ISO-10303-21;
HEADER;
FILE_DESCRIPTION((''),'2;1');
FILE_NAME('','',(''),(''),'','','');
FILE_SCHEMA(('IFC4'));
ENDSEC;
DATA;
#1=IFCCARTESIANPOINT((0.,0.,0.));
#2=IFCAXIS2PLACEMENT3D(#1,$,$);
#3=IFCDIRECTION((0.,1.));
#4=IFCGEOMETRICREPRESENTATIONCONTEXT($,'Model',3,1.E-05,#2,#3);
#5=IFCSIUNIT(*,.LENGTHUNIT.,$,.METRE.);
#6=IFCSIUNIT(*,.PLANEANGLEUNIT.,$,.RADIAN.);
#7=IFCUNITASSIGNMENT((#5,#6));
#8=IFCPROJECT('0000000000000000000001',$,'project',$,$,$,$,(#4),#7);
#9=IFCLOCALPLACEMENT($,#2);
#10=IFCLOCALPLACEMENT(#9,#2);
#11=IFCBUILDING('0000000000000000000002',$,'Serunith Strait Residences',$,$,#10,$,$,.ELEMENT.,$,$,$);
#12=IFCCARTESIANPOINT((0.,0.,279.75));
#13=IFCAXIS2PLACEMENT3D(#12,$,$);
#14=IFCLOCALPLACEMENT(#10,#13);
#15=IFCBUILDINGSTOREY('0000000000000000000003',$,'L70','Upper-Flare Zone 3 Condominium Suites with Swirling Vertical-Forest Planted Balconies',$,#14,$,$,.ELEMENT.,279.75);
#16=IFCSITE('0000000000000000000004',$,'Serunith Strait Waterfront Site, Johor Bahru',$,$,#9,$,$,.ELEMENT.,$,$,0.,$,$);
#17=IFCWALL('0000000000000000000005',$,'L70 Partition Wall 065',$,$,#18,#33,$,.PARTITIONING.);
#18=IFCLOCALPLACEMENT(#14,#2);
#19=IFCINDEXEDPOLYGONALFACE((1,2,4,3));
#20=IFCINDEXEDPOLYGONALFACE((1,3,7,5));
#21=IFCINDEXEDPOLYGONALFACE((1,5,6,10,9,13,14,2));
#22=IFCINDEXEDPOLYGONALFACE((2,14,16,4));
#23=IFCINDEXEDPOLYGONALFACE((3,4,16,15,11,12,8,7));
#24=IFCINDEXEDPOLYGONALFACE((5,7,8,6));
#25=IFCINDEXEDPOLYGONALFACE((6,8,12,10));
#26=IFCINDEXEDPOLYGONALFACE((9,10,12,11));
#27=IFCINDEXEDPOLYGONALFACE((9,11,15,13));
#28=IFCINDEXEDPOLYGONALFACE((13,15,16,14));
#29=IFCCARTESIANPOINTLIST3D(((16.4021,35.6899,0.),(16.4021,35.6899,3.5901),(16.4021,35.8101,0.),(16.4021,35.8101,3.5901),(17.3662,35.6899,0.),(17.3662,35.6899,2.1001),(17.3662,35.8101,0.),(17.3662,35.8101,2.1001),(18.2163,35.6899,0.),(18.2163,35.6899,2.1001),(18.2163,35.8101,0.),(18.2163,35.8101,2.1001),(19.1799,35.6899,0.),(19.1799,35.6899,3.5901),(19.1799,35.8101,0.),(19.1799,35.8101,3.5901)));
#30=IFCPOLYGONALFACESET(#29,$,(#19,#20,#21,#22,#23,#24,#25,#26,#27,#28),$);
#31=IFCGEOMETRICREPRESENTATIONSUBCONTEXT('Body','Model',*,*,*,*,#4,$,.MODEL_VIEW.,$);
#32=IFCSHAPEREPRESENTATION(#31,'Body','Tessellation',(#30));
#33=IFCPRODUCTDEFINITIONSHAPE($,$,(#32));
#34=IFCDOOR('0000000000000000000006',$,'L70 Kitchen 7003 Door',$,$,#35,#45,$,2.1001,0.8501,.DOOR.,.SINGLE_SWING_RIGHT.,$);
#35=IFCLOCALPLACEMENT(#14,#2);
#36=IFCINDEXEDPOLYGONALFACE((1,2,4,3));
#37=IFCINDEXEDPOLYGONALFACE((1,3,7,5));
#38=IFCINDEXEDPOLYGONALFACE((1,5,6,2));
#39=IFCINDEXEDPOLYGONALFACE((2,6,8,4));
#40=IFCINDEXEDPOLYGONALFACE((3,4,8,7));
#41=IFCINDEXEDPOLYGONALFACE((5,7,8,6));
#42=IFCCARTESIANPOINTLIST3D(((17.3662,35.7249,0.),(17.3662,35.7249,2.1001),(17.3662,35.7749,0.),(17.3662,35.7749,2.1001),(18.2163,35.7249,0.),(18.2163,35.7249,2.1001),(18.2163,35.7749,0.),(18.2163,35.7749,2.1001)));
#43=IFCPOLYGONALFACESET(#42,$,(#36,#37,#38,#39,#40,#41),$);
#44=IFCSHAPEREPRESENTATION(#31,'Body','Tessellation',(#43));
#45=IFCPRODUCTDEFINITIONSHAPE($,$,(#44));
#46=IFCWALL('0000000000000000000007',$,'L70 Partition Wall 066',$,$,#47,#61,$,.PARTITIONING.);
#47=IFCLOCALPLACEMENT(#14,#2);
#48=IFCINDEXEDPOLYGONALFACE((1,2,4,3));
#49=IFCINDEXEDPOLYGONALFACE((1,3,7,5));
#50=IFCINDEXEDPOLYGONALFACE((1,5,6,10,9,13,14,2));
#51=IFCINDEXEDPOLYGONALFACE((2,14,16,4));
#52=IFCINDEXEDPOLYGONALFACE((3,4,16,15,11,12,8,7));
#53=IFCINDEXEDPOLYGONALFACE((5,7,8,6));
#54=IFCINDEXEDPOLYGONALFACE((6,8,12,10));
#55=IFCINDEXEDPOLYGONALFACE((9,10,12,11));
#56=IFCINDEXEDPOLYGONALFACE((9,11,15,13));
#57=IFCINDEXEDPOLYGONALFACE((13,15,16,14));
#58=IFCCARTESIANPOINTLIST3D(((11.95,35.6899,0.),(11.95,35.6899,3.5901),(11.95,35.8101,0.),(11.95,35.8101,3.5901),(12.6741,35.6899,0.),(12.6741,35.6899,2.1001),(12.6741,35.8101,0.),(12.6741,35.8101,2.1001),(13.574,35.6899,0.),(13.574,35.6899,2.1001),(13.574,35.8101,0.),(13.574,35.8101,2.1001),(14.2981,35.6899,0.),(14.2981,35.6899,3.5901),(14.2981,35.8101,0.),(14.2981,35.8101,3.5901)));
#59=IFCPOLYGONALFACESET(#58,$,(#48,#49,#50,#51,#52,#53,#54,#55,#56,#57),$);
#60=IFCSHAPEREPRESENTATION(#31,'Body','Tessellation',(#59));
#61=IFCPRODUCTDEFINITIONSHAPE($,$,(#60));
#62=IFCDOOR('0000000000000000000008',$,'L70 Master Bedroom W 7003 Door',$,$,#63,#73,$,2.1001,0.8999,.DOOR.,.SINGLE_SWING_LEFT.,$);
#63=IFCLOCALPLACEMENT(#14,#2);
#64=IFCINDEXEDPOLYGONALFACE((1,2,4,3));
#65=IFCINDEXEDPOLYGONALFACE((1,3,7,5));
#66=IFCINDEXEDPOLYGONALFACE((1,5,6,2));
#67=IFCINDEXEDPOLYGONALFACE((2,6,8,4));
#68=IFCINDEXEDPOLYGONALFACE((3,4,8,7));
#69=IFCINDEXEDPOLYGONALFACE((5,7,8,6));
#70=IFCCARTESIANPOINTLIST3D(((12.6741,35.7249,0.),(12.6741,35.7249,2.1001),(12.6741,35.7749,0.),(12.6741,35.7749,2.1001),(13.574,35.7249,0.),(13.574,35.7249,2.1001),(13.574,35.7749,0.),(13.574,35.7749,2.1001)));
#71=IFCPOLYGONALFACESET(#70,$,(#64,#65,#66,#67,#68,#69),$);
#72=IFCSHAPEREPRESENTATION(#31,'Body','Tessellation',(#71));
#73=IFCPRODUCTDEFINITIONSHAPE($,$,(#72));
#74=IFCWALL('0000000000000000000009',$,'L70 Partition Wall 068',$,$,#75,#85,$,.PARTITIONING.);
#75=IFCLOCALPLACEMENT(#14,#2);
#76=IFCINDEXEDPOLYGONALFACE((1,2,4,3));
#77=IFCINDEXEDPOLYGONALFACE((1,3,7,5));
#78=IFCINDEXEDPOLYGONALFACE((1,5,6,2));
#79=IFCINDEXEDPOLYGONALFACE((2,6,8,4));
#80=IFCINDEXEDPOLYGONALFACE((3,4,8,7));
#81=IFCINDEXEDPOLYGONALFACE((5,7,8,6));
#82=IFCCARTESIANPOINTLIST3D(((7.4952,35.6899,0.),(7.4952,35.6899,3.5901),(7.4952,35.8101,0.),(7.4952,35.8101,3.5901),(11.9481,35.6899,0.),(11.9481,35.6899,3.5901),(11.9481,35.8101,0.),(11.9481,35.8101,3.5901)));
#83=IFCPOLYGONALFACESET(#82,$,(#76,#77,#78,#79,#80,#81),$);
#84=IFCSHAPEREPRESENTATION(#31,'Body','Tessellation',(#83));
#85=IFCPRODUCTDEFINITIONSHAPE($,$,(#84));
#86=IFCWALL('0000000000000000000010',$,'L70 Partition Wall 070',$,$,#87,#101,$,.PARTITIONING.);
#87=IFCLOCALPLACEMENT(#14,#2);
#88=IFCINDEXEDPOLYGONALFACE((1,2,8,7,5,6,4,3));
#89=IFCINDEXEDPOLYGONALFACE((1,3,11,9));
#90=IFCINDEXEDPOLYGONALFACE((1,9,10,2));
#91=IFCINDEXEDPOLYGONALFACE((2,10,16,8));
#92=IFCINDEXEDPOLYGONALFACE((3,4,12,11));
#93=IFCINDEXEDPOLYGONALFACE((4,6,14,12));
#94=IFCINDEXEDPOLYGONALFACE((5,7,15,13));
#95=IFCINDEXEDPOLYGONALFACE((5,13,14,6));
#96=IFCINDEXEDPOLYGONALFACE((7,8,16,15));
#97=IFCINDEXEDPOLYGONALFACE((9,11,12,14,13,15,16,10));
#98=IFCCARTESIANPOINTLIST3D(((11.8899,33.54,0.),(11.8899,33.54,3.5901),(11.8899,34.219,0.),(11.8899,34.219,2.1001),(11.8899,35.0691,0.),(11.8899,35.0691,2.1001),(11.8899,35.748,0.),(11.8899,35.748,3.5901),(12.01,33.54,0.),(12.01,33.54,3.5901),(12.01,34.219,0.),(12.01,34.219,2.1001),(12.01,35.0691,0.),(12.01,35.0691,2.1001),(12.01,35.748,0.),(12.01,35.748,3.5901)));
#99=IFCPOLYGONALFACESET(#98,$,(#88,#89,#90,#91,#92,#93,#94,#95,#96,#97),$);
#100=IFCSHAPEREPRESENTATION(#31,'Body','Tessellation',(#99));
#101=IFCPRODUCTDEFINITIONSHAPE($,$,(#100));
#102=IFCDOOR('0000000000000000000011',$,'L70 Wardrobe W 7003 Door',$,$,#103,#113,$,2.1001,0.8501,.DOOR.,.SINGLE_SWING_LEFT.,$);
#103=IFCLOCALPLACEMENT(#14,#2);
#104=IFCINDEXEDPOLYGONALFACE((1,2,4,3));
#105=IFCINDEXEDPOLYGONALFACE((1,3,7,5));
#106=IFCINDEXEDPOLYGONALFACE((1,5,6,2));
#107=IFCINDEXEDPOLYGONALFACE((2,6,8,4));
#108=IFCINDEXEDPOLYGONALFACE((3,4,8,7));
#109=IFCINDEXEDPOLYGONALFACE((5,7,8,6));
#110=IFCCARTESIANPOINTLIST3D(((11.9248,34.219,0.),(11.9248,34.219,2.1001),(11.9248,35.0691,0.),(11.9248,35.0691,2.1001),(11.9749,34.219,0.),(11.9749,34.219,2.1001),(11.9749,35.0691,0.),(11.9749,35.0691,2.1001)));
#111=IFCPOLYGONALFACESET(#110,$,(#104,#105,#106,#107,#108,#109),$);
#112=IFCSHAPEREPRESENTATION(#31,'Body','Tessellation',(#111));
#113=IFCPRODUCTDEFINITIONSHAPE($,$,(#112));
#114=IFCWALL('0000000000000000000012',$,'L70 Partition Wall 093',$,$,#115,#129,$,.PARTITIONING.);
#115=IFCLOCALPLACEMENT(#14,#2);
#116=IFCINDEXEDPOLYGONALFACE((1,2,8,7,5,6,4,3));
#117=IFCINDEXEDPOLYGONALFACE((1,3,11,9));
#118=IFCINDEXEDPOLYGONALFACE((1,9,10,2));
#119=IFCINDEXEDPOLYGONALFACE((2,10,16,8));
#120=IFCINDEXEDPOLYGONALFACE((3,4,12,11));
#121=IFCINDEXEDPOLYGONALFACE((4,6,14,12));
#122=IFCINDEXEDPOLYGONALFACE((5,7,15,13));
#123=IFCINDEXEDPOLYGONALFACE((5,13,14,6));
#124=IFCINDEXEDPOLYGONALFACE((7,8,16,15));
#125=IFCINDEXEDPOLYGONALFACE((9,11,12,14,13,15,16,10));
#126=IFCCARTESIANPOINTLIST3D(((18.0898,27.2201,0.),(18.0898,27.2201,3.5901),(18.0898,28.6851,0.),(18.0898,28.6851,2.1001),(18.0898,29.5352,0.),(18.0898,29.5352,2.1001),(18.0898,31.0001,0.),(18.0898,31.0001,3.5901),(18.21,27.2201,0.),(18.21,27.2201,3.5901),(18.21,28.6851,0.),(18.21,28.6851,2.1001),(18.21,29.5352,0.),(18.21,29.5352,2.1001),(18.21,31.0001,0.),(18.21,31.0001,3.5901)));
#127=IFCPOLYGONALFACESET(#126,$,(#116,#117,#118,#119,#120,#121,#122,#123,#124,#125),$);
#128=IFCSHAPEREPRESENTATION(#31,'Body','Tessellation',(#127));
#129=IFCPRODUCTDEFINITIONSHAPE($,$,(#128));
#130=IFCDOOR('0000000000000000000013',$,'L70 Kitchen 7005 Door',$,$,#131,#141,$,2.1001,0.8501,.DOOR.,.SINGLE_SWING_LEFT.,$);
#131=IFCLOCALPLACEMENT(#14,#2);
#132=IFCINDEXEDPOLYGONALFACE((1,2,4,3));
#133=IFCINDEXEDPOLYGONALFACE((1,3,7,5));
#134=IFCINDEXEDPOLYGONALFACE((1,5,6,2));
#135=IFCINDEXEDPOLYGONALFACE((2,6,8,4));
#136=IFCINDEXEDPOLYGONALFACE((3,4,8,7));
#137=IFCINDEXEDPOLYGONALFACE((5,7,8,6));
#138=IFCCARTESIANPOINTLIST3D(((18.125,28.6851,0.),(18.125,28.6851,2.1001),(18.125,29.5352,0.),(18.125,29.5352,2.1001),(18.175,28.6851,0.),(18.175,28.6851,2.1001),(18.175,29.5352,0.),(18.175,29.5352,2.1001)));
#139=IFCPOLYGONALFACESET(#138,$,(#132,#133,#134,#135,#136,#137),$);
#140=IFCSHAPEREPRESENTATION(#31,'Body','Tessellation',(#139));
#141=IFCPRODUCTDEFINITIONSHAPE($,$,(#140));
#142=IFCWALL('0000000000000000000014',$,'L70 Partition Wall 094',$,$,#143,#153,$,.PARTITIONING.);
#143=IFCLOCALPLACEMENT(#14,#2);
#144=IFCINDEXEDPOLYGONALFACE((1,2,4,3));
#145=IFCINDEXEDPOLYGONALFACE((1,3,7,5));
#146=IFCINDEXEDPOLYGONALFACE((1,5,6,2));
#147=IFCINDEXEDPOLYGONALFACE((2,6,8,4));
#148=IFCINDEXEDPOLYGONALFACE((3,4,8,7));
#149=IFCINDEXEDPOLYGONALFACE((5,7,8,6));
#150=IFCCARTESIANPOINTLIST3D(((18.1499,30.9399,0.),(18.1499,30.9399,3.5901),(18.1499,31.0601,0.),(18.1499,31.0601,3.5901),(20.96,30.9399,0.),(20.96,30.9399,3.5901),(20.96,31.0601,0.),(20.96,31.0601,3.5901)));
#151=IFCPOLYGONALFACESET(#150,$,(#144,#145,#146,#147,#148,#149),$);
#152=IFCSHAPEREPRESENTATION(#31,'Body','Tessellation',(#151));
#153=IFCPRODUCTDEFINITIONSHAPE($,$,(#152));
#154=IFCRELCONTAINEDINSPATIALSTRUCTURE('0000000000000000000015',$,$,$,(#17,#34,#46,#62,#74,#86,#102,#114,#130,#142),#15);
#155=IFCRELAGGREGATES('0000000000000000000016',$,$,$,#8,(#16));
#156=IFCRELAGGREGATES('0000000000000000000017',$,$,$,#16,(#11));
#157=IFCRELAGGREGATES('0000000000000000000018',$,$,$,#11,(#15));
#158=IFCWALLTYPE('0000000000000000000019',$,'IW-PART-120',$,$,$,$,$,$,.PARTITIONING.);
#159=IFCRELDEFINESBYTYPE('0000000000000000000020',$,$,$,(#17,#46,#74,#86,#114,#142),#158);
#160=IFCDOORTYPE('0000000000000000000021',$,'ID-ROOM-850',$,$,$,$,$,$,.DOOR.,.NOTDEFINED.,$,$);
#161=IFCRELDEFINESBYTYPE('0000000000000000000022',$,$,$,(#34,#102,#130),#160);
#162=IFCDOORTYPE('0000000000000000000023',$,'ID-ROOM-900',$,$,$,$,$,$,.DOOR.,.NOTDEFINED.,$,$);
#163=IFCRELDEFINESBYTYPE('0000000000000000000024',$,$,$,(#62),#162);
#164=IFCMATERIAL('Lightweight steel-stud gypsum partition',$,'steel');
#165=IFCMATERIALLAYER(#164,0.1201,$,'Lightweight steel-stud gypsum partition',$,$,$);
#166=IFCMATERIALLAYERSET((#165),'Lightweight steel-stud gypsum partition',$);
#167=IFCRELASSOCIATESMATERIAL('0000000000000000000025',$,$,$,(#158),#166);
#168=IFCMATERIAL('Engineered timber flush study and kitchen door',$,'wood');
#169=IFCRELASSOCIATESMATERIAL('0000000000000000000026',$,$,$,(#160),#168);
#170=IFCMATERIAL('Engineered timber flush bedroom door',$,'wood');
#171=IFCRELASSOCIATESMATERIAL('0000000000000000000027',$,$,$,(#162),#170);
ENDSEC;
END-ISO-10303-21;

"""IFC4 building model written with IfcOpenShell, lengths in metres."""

from ifc_helpers import new_model, si_unit, direction, frame, frame_2d, origin, place, context, subcontext, project, spatial, rectangle, extrude, source, transform, mapped, material, layer, layer_set, type_object, element, fill, save


model = new_model("IFC4")

# Units and contexts
model_context = context("Model", 3, precision=1e-05, world=origin(), true_north=direction((0.0, 1.0)))
body_context = subcontext(model_context, "Body", "Model", "MODEL_VIEW")
ifc_project = project(units=[si_unit("LENGTHUNIT", "METRE"), si_unit("PLANEANGLEUNIT", "RADIAN")], contexts=[model_context])

# Site, building, storey
site_placement = place(None, origin())
site = spatial("IfcSite", under=ifc_project, at=site_placement, Name="Serunith Strait Waterfront Site, Johor Bahru", CompositionType="ELEMENT", RefElevation=0.0)
building_placement = place(site_placement, origin())
building = spatial("IfcBuilding", under=site, at=building_placement, Name="Serunith Strait Residences", CompositionType="ELEMENT")
storey_placement = place(building_placement, frame((0.0, 0.0, 279.75)))
storey = spatial("IfcBuildingStorey", under=building, at=storey_placement, Name="L70", Description="Upper-Flare Zone 3 Condominium Suites with Swirling Vertical-Forest Planted Balconies", CompositionType="ELEMENT", Elevation=279.75)

# Walls, openings, doors
ifc_material_1 = material(Name="Lightweight steel-stud gypsum partition", Category="steel")
ifc_layer_1 = layer(ifc_material_1, 0.1201, Name="Lightweight steel-stud gypsum partition")
ifc_layer_set_1 = layer_set([ifc_layer_1], Name="Lightweight steel-stud gypsum partition")
wall_type_1 = type_object("IfcWallType", Name="IW-PART-120", PredefinedType="PARTITIONING", material=ifc_layer_set_1)
shared_shape_1 = source(origin(), body_context, "Body", "SweptSolid", [
    extrude(rectangle(XDim=0.8501, YDim=2.1001, at=frame_2d((0.425, 1.05))), frame((0.0, 0.0249, 0.0), z_axis=(0.0, -1.0, 0.0), x_axis=(1.0, 0.0, 0.0)), (0.0, 0.0, 1.0), 0.05),
])
wall_1_placement = place(storey_placement, frame((16.4021, 35.75, 0.0), z_axis=(0.0, 0.0, 1.0), x_axis=(1.0, 0.0, 0.0)))
wall_1 = element("IfcWall", 1, at=wall_1_placement, inside=storey, type_object=wall_type_1, Name="L70 Partition Wall 065", PredefinedType="PARTITIONING", context=body_context, shape_type="SweptSolid", body=[
    extrude(rectangle(XDim=2.7778, YDim=0.1201, at=frame_2d((1.3889, 0.0))), origin(), (0.0, 0.0, 1.0), 3.5901),
])
opening_1_placement = place(wall_1_placement, frame((0.9641, 0.0, 0.0)))
opening_1 = element("IfcOpeningElement", 2, at=opening_1_placement, cuts=wall_1, PredefinedType="OPENING", context=body_context, shape_type="SweptSolid", body=[
    extrude(rectangle(XDim=0.8501, YDim=2.1001, at=frame_2d((0.425, 1.05))), frame((0.0, 0.0701, 0.0), z_axis=(0.0, -1.0, 0.0), x_axis=(1.0, 0.0, 0.0)), (0.0, 0.0, 1.0), 0.1401),
])
ifc_material_2 = material(Name="Engineered timber flush study and kitchen door", Category="wood")
door_type_1 = type_object("IfcDoorType", Name="ID-ROOM-850", OperationType="NOTDEFINED", PredefinedType="DOOR", material=ifc_material_2)
door_1_placement = place(opening_1_placement, origin())
door_1 = element("IfcDoor", 3, at=door_1_placement, inside=storey, type_object=door_type_1, Name="L70 Kitchen 7003 Door", OperationType="SINGLE_SWING_RIGHT", OverallHeight=2.1001, OverallWidth=0.8501, PredefinedType="DOOR", context=body_context, shape_type="MappedRepresentation", body=[
    mapped(shared_shape_1, transform((0.0, 0.0, 0.0), scale=1.0)),
])
fill(opening_1, door_1)
wall_2_placement = place(storey_placement, frame((11.95, 35.75, 0.0), z_axis=(0.0, 0.0, 1.0), x_axis=(1.0, 0.0, 0.0)))
wall_2 = element("IfcWall", 4, at=wall_2_placement, inside=storey, type_object=wall_type_1, Name="L70 Partition Wall 066", PredefinedType="PARTITIONING", context=body_context, shape_type="SweptSolid", body=[
    extrude(rectangle(XDim=2.3481, YDim=0.1201, at=frame_2d((1.1741, 0.0))), origin(), (0.0, 0.0, 1.0), 3.5901),
])
opening_2_placement = place(wall_2_placement, frame((0.7241, 0.0, 0.0)))
opening_2 = element("IfcOpeningElement", 5, at=opening_2_placement, cuts=wall_2, PredefinedType="OPENING", context=body_context, shape_type="SweptSolid", body=[
    extrude(rectangle(XDim=0.8999, YDim=2.1001, at=frame_2d((0.45, 1.05))), frame((0.0, 0.0701, 0.0), z_axis=(0.0, -1.0, 0.0), x_axis=(1.0, 0.0, 0.0)), (0.0, 0.0, 1.0), 0.1401),
])
ifc_material_3 = material(Name="Engineered timber flush bedroom door", Category="wood")
door_type_2 = type_object("IfcDoorType", Name="ID-ROOM-900", OperationType="NOTDEFINED", PredefinedType="DOOR", material=ifc_material_3)
shared_shape_2 = source(origin(), body_context, "Body", "SweptSolid", [
    extrude(rectangle(XDim=0.8999, YDim=2.1001, at=frame_2d((0.45, 1.05))), frame((0.0, 0.0249, 0.0), z_axis=(0.0, -1.0, 0.0), x_axis=(1.0, 0.0, 0.0)), (0.0, 0.0, 1.0), 0.05),
])
door_2_placement = place(opening_2_placement, origin())
door_2 = element("IfcDoor", 6, at=door_2_placement, inside=storey, type_object=door_type_2, Name="L70 Master Bedroom W 7003 Door", OperationType="SINGLE_SWING_LEFT", OverallHeight=2.1001, OverallWidth=0.8999, PredefinedType="DOOR", context=body_context, shape_type="MappedRepresentation", body=[
    mapped(shared_shape_2, transform((0.0, 0.0, 0.0), scale=1.0)),
])
fill(opening_2, door_2)

# Wall
wall_3_placement = place(storey_placement, frame((7.4951, 35.75, 0.0), z_axis=(0.0, 0.0, 1.0), x_axis=(1.0, 0.0, 0.0)))
element("IfcWall", 7, at=wall_3_placement, inside=storey, type_object=wall_type_1, Name="L70 Partition Wall 068", PredefinedType="PARTITIONING", context=body_context, shape_type="SweptSolid", body=[
    extrude(rectangle(XDim=4.4529, YDim=0.1201, at=frame_2d((2.2266, 0.0))), origin(), (0.0, 0.0, 1.0), 3.5901),
])

# Walls, openings, doors
wall_4_placement = place(storey_placement, frame((11.95, 35.748, 0.0), z_axis=(0.0, 0.0, 1.0), x_axis=(0.0, -1.0, 0.0)))
wall_4 = element("IfcWall", 8, at=wall_4_placement, inside=storey, type_object=wall_type_1, Name="L70 Partition Wall 070", PredefinedType="PARTITIONING", context=body_context, shape_type="SweptSolid", body=[
    extrude(rectangle(XDim=2.208, YDim=0.1201, at=frame_2d((1.104, 0.0))), origin(), (0.0, 0.0, 1.0), 3.5901),
])
opening_3_placement = place(wall_4_placement, frame((0.679, 0.0, 0.0)))
opening_3 = element("IfcOpeningElement", 9, at=opening_3_placement, cuts=wall_4, PredefinedType="OPENING", context=body_context, shape_type="SweptSolid", body=[
    extrude(rectangle(XDim=0.8501, YDim=2.1001, at=frame_2d((0.425, 1.05))), frame((0.0, 0.0701, 0.0), z_axis=(0.0, -1.0, 0.0), x_axis=(1.0, 0.0, 0.0)), (0.0, 0.0, 1.0), 0.1401),
])
door_3_placement = place(opening_3_placement, origin())
door_3 = element("IfcDoor", 10, at=door_3_placement, inside=storey, type_object=door_type_1, Name="L70 Wardrobe W 7003 Door", OperationType="SINGLE_SWING_LEFT", OverallHeight=2.1001, OverallWidth=0.8501, PredefinedType="DOOR", context=body_context, shape_type="MappedRepresentation", body=[
    mapped(shared_shape_1, transform((0.0, 0.0, 0.0), scale=1.0)),
])
fill(opening_3, door_3)
wall_5_placement = place(storey_placement, frame((18.1499, 27.22, 0.0), z_axis=(0.0, 0.0, 1.0), x_axis=(0.0, 1.0, 0.0)))
wall_5 = element("IfcWall", 11, at=wall_5_placement, inside=storey, type_object=wall_type_1, Name="L70 Partition Wall 093", PredefinedType="PARTITIONING", context=body_context, shape_type="SweptSolid", body=[
    extrude(rectangle(XDim=3.78, YDim=0.1201, at=frame_2d((1.8901, 0.0))), origin(), (0.0, 0.0, 1.0), 3.5901),
])
opening_4_placement = place(wall_5_placement, frame((1.4651, 0.0, 0.0)))
opening_4 = element("IfcOpeningElement", 12, at=opening_4_placement, cuts=wall_5, PredefinedType="OPENING", context=body_context, shape_type="SweptSolid", body=[
    extrude(rectangle(XDim=0.8501, YDim=2.1001, at=frame_2d((0.425, 1.05))), frame((0.0, 0.0701, 0.0), z_axis=(0.0, -1.0, 0.0), x_axis=(1.0, 0.0, 0.0)), (0.0, 0.0, 1.0), 0.1401),
])
door_4_placement = place(opening_4_placement, origin())
door_4 = element("IfcDoor", 13, at=door_4_placement, inside=storey, type_object=door_type_1, Name="L70 Kitchen 7005 Door", OperationType="SINGLE_SWING_LEFT", OverallHeight=2.1001, OverallWidth=0.8501, PredefinedType="DOOR", context=body_context, shape_type="MappedRepresentation", body=[
    mapped(shared_shape_1, transform((0.0, 0.0, 0.0), scale=1.0)),
])
fill(opening_4, door_4)

# Wall
wall_6_placement = place(storey_placement, frame((18.1499, 31.0, 0.0), z_axis=(0.0, 0.0, 1.0), x_axis=(1.0, 0.0, 0.0)))
element("IfcWall", 14, at=wall_6_placement, inside=storey, type_object=wall_type_1, Name="L70 Partition Wall 094", PredefinedType="PARTITIONING", context=body_context, shape_type="SweptSolid", body=[
    extrude(rectangle(XDim=2.8101, YDim=0.1201, at=frame_2d((1.405, 0.0))), origin(), (0.0, 0.0, 1.0), 3.5901),
])

save(model, "model.ifc")
